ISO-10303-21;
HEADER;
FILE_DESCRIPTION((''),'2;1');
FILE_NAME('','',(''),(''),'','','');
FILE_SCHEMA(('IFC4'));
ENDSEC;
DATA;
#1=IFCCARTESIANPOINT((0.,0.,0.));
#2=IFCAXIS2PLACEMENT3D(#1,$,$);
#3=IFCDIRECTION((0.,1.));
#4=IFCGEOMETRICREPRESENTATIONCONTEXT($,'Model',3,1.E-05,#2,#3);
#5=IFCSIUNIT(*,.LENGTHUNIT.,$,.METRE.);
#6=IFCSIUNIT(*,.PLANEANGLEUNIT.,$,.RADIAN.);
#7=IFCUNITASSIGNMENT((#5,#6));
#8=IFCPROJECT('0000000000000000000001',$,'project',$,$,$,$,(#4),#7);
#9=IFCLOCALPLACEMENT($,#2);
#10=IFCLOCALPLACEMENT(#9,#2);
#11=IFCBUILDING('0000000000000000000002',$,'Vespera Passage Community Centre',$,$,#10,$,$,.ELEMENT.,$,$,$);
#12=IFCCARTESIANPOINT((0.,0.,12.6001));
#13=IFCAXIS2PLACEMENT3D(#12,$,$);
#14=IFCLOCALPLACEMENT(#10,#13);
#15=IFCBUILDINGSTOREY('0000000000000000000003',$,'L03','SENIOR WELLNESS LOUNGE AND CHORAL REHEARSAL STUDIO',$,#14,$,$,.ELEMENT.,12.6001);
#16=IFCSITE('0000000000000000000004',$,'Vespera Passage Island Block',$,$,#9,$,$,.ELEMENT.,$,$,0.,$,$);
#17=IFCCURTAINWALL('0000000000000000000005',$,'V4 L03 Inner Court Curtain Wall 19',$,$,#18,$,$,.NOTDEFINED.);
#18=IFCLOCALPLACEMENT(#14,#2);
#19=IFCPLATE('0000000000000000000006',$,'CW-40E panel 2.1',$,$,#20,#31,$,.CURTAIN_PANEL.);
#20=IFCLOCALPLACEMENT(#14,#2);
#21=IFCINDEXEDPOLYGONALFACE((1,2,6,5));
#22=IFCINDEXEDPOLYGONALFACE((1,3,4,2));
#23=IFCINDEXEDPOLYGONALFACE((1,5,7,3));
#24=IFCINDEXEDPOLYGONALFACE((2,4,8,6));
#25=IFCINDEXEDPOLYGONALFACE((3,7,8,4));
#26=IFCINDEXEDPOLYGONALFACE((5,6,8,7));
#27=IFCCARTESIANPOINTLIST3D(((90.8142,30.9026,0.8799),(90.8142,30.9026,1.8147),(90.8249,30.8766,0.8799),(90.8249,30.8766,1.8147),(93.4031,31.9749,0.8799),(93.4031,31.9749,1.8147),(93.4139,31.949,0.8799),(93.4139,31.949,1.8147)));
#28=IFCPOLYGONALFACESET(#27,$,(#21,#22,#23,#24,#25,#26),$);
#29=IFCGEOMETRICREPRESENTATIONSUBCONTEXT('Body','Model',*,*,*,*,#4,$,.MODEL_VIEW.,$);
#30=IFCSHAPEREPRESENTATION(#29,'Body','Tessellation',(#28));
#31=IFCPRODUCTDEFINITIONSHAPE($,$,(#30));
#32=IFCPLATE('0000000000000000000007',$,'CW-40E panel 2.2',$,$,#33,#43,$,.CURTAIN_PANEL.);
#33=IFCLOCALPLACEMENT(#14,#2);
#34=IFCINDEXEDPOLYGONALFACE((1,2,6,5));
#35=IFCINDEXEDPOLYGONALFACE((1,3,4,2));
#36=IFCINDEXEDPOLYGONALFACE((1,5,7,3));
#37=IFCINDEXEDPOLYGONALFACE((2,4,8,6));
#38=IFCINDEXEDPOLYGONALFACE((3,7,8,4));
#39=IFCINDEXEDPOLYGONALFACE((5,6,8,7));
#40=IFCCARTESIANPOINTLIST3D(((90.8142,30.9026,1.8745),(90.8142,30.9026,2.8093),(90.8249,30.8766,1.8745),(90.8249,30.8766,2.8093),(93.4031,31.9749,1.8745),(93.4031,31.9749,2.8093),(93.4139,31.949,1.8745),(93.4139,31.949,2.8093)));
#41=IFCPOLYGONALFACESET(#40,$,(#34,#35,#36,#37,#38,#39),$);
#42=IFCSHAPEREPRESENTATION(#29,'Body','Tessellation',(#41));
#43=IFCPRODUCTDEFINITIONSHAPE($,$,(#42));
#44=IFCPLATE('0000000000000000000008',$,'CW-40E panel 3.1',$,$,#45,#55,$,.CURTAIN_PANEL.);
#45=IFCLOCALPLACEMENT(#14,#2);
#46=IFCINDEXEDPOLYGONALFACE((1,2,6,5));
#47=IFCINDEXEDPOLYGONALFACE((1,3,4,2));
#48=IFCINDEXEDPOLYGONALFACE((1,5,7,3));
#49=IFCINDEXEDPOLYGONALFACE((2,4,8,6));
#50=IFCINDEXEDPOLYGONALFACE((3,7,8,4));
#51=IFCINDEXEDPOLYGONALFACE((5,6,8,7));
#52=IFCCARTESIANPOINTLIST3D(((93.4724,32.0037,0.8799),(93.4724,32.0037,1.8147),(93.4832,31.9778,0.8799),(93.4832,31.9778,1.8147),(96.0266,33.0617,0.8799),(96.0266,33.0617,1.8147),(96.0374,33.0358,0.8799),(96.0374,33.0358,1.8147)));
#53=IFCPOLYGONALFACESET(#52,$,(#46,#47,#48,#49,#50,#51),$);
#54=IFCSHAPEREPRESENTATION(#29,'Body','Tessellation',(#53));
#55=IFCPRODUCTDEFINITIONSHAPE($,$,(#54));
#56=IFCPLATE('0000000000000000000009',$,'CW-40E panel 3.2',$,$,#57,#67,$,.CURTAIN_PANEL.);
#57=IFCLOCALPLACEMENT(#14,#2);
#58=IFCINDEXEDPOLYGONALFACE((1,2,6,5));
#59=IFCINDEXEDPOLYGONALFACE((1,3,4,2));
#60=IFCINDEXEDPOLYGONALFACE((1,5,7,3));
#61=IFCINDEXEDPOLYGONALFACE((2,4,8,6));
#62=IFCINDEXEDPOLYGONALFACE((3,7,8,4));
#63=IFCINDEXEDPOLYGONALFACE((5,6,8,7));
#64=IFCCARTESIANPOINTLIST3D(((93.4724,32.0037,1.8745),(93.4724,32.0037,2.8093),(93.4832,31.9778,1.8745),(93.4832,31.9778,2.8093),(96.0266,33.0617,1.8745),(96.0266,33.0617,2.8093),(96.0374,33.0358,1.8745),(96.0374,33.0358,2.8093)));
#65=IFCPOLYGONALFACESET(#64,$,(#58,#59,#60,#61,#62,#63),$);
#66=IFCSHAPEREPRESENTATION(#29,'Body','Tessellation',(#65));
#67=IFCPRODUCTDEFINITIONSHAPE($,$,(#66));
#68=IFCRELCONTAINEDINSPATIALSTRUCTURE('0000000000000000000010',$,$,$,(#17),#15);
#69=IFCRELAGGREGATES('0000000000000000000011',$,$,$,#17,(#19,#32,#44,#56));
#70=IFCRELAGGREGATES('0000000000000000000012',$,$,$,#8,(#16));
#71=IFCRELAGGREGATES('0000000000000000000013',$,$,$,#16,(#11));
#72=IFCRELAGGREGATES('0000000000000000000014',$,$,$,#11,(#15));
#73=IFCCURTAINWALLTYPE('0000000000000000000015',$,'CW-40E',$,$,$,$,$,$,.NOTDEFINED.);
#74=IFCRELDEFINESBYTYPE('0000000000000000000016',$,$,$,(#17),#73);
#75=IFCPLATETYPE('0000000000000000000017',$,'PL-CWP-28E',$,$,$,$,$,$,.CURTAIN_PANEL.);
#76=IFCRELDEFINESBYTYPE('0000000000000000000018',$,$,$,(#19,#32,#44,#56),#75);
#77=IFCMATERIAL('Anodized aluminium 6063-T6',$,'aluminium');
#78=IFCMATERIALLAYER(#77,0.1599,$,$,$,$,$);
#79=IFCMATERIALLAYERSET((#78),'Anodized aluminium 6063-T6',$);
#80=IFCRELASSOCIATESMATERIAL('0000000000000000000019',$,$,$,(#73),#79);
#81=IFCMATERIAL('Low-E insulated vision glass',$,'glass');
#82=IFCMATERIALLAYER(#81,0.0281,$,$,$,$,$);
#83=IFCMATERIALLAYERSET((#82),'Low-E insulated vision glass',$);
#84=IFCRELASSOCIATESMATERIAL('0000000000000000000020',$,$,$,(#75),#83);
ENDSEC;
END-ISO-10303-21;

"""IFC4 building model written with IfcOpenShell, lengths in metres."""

from ifc_helpers import new_model, si_unit, direction, frame, origin, origin_2d, place, context, subcontext, project, spatial, rectangle, extrude, material, layer, layer_set, type_object, element, aggregate, save


model = new_model("IFC4")

# Units and contexts
model_context = context("Model", 3, precision=1e-05, world=origin(), true_north=direction((0.0, 1.0)))
body_context = subcontext(model_context, "Body", "Model", "MODEL_VIEW")
ifc_project = project(units=[si_unit("LENGTHUNIT", "METRE"), si_unit("PLANEANGLEUNIT", "RADIAN")], contexts=[model_context])

# Site, building, storey
site_placement = place(None, origin())
site = spatial("IfcSite", under=ifc_project, at=site_placement, Name="Vespera Passage Island Block", CompositionType="ELEMENT", RefElevation=0.0)
building_placement = place(site_placement, origin())
building = spatial("IfcBuilding", under=site, at=building_placement, Name="Vespera Passage Community Centre", CompositionType="ELEMENT")
storey_placement = place(building_placement, frame((0.0, 0.0, 12.6001)))
storey = spatial("IfcBuildingStorey", under=building, at=storey_placement, Name="L03", Description="SENIOR WELLNESS LOUNGE AND CHORAL REHEARSAL STUDIO", CompositionType="ELEMENT", Elevation=12.6001)

# Curtain wall
ifc_material_1 = material(Name="Anodized aluminium 6063-T6", Category="aluminium")
ifc_layer_1 = layer(ifc_material_1, 0.1599)
ifc_layer_set_1 = layer_set([ifc_layer_1], Name="Anodized aluminium 6063-T6")
curtain_wall_type = type_object("IfcCurtainWallType", Name="CW-40E", PredefinedType="NOTDEFINED", material=ifc_layer_set_1)
curtain_wall_1_placement = place(storey_placement, origin())
curtain_wall_1 = element("IfcCurtainWall", 1, at=curtain_wall_1_placement, inside=storey, type_object=curtain_wall_type, Name="V4 L03 Inner Court Curtain Wall 19", PredefinedType="NOTDEFINED")

# Plates
ifc_material_2 = material(Name="Low-E insulated vision glass", Category="glass")
ifc_layer_2 = layer(ifc_material_2, 0.0281)
ifc_layer_set_2 = layer_set([ifc_layer_2], Name="Low-E insulated vision glass")
plate_type = type_object("IfcPlateType", Name="PL-CWP-28E", PredefinedType="CURTAIN_PANEL", material=ifc_layer_set_2)
plate_1_placement = place(storey_placement, frame((92.114, 31.4258, 0.8799), z_axis=(0.0, 0.0, 1.0), x_axis=(0.923877, 0.38269, 0.0)))
plate_1 = element("IfcPlate", 2, at=plate_1_placement, type_object=plate_type, Name="CW-40E panel 2.1", PredefinedType="CURTAIN_PANEL", context=body_context, shape_type="SweptSolid", body=[
    extrude(rectangle(XDim=2.8022, YDim=0.0281, at=origin_2d()), origin(), (0.0, 0.0, 1.0), 0.9348),
])
plate_2_placement = place(storey_placement, frame((92.114, 31.4258, 1.8745), z_axis=(0.0, 0.0, 1.0), x_axis=(0.923877, 0.38269, 0.0)))
plate_2 = element("IfcPlate", 3, at=plate_2_placement, type_object=plate_type, Name="CW-40E panel 2.2", PredefinedType="CURTAIN_PANEL", context=body_context, shape_type="SweptSolid", body=[
    extrude(rectangle(XDim=2.8022, YDim=0.0281, at=origin_2d()), origin(), (0.0, 0.0, 1.0), 0.9348),
])
plate_3_placement = place(storey_placement, frame((94.7549, 32.5198, 0.8799), z_axis=(0.0, 0.0, 1.0), x_axis=(0.923877, 0.38269, 0.0)))
plate_3 = element("IfcPlate", 4, at=plate_3_placement, type_object=plate_type, Name="CW-40E panel 3.1", PredefinedType="CURTAIN_PANEL", context=body_context, shape_type="SweptSolid", body=[
    extrude(rectangle(XDim=2.7646, YDim=0.0281, at=origin_2d()), origin(), (0.0, 0.0, 1.0), 0.9348),
])
plate_4_placement = place(storey_placement, frame((94.7549, 32.5198, 1.8745), z_axis=(0.0, 0.0, 1.0), x_axis=(0.923877, 0.38269, 0.0)))
plate_4 = element("IfcPlate", 5, at=plate_4_placement, type_object=plate_type, Name="CW-40E panel 3.2", PredefinedType="CURTAIN_PANEL", context=body_context, shape_type="SweptSolid", body=[
    extrude(rectangle(XDim=2.7646, YDim=0.0281, at=origin_2d()), origin(), (0.0, 0.0, 1.0), 0.9348),
])
aggregate(curtain_wall_1, [plate_1, plate_2, plate_3, plate_4])

save(model, "model.ifc")
